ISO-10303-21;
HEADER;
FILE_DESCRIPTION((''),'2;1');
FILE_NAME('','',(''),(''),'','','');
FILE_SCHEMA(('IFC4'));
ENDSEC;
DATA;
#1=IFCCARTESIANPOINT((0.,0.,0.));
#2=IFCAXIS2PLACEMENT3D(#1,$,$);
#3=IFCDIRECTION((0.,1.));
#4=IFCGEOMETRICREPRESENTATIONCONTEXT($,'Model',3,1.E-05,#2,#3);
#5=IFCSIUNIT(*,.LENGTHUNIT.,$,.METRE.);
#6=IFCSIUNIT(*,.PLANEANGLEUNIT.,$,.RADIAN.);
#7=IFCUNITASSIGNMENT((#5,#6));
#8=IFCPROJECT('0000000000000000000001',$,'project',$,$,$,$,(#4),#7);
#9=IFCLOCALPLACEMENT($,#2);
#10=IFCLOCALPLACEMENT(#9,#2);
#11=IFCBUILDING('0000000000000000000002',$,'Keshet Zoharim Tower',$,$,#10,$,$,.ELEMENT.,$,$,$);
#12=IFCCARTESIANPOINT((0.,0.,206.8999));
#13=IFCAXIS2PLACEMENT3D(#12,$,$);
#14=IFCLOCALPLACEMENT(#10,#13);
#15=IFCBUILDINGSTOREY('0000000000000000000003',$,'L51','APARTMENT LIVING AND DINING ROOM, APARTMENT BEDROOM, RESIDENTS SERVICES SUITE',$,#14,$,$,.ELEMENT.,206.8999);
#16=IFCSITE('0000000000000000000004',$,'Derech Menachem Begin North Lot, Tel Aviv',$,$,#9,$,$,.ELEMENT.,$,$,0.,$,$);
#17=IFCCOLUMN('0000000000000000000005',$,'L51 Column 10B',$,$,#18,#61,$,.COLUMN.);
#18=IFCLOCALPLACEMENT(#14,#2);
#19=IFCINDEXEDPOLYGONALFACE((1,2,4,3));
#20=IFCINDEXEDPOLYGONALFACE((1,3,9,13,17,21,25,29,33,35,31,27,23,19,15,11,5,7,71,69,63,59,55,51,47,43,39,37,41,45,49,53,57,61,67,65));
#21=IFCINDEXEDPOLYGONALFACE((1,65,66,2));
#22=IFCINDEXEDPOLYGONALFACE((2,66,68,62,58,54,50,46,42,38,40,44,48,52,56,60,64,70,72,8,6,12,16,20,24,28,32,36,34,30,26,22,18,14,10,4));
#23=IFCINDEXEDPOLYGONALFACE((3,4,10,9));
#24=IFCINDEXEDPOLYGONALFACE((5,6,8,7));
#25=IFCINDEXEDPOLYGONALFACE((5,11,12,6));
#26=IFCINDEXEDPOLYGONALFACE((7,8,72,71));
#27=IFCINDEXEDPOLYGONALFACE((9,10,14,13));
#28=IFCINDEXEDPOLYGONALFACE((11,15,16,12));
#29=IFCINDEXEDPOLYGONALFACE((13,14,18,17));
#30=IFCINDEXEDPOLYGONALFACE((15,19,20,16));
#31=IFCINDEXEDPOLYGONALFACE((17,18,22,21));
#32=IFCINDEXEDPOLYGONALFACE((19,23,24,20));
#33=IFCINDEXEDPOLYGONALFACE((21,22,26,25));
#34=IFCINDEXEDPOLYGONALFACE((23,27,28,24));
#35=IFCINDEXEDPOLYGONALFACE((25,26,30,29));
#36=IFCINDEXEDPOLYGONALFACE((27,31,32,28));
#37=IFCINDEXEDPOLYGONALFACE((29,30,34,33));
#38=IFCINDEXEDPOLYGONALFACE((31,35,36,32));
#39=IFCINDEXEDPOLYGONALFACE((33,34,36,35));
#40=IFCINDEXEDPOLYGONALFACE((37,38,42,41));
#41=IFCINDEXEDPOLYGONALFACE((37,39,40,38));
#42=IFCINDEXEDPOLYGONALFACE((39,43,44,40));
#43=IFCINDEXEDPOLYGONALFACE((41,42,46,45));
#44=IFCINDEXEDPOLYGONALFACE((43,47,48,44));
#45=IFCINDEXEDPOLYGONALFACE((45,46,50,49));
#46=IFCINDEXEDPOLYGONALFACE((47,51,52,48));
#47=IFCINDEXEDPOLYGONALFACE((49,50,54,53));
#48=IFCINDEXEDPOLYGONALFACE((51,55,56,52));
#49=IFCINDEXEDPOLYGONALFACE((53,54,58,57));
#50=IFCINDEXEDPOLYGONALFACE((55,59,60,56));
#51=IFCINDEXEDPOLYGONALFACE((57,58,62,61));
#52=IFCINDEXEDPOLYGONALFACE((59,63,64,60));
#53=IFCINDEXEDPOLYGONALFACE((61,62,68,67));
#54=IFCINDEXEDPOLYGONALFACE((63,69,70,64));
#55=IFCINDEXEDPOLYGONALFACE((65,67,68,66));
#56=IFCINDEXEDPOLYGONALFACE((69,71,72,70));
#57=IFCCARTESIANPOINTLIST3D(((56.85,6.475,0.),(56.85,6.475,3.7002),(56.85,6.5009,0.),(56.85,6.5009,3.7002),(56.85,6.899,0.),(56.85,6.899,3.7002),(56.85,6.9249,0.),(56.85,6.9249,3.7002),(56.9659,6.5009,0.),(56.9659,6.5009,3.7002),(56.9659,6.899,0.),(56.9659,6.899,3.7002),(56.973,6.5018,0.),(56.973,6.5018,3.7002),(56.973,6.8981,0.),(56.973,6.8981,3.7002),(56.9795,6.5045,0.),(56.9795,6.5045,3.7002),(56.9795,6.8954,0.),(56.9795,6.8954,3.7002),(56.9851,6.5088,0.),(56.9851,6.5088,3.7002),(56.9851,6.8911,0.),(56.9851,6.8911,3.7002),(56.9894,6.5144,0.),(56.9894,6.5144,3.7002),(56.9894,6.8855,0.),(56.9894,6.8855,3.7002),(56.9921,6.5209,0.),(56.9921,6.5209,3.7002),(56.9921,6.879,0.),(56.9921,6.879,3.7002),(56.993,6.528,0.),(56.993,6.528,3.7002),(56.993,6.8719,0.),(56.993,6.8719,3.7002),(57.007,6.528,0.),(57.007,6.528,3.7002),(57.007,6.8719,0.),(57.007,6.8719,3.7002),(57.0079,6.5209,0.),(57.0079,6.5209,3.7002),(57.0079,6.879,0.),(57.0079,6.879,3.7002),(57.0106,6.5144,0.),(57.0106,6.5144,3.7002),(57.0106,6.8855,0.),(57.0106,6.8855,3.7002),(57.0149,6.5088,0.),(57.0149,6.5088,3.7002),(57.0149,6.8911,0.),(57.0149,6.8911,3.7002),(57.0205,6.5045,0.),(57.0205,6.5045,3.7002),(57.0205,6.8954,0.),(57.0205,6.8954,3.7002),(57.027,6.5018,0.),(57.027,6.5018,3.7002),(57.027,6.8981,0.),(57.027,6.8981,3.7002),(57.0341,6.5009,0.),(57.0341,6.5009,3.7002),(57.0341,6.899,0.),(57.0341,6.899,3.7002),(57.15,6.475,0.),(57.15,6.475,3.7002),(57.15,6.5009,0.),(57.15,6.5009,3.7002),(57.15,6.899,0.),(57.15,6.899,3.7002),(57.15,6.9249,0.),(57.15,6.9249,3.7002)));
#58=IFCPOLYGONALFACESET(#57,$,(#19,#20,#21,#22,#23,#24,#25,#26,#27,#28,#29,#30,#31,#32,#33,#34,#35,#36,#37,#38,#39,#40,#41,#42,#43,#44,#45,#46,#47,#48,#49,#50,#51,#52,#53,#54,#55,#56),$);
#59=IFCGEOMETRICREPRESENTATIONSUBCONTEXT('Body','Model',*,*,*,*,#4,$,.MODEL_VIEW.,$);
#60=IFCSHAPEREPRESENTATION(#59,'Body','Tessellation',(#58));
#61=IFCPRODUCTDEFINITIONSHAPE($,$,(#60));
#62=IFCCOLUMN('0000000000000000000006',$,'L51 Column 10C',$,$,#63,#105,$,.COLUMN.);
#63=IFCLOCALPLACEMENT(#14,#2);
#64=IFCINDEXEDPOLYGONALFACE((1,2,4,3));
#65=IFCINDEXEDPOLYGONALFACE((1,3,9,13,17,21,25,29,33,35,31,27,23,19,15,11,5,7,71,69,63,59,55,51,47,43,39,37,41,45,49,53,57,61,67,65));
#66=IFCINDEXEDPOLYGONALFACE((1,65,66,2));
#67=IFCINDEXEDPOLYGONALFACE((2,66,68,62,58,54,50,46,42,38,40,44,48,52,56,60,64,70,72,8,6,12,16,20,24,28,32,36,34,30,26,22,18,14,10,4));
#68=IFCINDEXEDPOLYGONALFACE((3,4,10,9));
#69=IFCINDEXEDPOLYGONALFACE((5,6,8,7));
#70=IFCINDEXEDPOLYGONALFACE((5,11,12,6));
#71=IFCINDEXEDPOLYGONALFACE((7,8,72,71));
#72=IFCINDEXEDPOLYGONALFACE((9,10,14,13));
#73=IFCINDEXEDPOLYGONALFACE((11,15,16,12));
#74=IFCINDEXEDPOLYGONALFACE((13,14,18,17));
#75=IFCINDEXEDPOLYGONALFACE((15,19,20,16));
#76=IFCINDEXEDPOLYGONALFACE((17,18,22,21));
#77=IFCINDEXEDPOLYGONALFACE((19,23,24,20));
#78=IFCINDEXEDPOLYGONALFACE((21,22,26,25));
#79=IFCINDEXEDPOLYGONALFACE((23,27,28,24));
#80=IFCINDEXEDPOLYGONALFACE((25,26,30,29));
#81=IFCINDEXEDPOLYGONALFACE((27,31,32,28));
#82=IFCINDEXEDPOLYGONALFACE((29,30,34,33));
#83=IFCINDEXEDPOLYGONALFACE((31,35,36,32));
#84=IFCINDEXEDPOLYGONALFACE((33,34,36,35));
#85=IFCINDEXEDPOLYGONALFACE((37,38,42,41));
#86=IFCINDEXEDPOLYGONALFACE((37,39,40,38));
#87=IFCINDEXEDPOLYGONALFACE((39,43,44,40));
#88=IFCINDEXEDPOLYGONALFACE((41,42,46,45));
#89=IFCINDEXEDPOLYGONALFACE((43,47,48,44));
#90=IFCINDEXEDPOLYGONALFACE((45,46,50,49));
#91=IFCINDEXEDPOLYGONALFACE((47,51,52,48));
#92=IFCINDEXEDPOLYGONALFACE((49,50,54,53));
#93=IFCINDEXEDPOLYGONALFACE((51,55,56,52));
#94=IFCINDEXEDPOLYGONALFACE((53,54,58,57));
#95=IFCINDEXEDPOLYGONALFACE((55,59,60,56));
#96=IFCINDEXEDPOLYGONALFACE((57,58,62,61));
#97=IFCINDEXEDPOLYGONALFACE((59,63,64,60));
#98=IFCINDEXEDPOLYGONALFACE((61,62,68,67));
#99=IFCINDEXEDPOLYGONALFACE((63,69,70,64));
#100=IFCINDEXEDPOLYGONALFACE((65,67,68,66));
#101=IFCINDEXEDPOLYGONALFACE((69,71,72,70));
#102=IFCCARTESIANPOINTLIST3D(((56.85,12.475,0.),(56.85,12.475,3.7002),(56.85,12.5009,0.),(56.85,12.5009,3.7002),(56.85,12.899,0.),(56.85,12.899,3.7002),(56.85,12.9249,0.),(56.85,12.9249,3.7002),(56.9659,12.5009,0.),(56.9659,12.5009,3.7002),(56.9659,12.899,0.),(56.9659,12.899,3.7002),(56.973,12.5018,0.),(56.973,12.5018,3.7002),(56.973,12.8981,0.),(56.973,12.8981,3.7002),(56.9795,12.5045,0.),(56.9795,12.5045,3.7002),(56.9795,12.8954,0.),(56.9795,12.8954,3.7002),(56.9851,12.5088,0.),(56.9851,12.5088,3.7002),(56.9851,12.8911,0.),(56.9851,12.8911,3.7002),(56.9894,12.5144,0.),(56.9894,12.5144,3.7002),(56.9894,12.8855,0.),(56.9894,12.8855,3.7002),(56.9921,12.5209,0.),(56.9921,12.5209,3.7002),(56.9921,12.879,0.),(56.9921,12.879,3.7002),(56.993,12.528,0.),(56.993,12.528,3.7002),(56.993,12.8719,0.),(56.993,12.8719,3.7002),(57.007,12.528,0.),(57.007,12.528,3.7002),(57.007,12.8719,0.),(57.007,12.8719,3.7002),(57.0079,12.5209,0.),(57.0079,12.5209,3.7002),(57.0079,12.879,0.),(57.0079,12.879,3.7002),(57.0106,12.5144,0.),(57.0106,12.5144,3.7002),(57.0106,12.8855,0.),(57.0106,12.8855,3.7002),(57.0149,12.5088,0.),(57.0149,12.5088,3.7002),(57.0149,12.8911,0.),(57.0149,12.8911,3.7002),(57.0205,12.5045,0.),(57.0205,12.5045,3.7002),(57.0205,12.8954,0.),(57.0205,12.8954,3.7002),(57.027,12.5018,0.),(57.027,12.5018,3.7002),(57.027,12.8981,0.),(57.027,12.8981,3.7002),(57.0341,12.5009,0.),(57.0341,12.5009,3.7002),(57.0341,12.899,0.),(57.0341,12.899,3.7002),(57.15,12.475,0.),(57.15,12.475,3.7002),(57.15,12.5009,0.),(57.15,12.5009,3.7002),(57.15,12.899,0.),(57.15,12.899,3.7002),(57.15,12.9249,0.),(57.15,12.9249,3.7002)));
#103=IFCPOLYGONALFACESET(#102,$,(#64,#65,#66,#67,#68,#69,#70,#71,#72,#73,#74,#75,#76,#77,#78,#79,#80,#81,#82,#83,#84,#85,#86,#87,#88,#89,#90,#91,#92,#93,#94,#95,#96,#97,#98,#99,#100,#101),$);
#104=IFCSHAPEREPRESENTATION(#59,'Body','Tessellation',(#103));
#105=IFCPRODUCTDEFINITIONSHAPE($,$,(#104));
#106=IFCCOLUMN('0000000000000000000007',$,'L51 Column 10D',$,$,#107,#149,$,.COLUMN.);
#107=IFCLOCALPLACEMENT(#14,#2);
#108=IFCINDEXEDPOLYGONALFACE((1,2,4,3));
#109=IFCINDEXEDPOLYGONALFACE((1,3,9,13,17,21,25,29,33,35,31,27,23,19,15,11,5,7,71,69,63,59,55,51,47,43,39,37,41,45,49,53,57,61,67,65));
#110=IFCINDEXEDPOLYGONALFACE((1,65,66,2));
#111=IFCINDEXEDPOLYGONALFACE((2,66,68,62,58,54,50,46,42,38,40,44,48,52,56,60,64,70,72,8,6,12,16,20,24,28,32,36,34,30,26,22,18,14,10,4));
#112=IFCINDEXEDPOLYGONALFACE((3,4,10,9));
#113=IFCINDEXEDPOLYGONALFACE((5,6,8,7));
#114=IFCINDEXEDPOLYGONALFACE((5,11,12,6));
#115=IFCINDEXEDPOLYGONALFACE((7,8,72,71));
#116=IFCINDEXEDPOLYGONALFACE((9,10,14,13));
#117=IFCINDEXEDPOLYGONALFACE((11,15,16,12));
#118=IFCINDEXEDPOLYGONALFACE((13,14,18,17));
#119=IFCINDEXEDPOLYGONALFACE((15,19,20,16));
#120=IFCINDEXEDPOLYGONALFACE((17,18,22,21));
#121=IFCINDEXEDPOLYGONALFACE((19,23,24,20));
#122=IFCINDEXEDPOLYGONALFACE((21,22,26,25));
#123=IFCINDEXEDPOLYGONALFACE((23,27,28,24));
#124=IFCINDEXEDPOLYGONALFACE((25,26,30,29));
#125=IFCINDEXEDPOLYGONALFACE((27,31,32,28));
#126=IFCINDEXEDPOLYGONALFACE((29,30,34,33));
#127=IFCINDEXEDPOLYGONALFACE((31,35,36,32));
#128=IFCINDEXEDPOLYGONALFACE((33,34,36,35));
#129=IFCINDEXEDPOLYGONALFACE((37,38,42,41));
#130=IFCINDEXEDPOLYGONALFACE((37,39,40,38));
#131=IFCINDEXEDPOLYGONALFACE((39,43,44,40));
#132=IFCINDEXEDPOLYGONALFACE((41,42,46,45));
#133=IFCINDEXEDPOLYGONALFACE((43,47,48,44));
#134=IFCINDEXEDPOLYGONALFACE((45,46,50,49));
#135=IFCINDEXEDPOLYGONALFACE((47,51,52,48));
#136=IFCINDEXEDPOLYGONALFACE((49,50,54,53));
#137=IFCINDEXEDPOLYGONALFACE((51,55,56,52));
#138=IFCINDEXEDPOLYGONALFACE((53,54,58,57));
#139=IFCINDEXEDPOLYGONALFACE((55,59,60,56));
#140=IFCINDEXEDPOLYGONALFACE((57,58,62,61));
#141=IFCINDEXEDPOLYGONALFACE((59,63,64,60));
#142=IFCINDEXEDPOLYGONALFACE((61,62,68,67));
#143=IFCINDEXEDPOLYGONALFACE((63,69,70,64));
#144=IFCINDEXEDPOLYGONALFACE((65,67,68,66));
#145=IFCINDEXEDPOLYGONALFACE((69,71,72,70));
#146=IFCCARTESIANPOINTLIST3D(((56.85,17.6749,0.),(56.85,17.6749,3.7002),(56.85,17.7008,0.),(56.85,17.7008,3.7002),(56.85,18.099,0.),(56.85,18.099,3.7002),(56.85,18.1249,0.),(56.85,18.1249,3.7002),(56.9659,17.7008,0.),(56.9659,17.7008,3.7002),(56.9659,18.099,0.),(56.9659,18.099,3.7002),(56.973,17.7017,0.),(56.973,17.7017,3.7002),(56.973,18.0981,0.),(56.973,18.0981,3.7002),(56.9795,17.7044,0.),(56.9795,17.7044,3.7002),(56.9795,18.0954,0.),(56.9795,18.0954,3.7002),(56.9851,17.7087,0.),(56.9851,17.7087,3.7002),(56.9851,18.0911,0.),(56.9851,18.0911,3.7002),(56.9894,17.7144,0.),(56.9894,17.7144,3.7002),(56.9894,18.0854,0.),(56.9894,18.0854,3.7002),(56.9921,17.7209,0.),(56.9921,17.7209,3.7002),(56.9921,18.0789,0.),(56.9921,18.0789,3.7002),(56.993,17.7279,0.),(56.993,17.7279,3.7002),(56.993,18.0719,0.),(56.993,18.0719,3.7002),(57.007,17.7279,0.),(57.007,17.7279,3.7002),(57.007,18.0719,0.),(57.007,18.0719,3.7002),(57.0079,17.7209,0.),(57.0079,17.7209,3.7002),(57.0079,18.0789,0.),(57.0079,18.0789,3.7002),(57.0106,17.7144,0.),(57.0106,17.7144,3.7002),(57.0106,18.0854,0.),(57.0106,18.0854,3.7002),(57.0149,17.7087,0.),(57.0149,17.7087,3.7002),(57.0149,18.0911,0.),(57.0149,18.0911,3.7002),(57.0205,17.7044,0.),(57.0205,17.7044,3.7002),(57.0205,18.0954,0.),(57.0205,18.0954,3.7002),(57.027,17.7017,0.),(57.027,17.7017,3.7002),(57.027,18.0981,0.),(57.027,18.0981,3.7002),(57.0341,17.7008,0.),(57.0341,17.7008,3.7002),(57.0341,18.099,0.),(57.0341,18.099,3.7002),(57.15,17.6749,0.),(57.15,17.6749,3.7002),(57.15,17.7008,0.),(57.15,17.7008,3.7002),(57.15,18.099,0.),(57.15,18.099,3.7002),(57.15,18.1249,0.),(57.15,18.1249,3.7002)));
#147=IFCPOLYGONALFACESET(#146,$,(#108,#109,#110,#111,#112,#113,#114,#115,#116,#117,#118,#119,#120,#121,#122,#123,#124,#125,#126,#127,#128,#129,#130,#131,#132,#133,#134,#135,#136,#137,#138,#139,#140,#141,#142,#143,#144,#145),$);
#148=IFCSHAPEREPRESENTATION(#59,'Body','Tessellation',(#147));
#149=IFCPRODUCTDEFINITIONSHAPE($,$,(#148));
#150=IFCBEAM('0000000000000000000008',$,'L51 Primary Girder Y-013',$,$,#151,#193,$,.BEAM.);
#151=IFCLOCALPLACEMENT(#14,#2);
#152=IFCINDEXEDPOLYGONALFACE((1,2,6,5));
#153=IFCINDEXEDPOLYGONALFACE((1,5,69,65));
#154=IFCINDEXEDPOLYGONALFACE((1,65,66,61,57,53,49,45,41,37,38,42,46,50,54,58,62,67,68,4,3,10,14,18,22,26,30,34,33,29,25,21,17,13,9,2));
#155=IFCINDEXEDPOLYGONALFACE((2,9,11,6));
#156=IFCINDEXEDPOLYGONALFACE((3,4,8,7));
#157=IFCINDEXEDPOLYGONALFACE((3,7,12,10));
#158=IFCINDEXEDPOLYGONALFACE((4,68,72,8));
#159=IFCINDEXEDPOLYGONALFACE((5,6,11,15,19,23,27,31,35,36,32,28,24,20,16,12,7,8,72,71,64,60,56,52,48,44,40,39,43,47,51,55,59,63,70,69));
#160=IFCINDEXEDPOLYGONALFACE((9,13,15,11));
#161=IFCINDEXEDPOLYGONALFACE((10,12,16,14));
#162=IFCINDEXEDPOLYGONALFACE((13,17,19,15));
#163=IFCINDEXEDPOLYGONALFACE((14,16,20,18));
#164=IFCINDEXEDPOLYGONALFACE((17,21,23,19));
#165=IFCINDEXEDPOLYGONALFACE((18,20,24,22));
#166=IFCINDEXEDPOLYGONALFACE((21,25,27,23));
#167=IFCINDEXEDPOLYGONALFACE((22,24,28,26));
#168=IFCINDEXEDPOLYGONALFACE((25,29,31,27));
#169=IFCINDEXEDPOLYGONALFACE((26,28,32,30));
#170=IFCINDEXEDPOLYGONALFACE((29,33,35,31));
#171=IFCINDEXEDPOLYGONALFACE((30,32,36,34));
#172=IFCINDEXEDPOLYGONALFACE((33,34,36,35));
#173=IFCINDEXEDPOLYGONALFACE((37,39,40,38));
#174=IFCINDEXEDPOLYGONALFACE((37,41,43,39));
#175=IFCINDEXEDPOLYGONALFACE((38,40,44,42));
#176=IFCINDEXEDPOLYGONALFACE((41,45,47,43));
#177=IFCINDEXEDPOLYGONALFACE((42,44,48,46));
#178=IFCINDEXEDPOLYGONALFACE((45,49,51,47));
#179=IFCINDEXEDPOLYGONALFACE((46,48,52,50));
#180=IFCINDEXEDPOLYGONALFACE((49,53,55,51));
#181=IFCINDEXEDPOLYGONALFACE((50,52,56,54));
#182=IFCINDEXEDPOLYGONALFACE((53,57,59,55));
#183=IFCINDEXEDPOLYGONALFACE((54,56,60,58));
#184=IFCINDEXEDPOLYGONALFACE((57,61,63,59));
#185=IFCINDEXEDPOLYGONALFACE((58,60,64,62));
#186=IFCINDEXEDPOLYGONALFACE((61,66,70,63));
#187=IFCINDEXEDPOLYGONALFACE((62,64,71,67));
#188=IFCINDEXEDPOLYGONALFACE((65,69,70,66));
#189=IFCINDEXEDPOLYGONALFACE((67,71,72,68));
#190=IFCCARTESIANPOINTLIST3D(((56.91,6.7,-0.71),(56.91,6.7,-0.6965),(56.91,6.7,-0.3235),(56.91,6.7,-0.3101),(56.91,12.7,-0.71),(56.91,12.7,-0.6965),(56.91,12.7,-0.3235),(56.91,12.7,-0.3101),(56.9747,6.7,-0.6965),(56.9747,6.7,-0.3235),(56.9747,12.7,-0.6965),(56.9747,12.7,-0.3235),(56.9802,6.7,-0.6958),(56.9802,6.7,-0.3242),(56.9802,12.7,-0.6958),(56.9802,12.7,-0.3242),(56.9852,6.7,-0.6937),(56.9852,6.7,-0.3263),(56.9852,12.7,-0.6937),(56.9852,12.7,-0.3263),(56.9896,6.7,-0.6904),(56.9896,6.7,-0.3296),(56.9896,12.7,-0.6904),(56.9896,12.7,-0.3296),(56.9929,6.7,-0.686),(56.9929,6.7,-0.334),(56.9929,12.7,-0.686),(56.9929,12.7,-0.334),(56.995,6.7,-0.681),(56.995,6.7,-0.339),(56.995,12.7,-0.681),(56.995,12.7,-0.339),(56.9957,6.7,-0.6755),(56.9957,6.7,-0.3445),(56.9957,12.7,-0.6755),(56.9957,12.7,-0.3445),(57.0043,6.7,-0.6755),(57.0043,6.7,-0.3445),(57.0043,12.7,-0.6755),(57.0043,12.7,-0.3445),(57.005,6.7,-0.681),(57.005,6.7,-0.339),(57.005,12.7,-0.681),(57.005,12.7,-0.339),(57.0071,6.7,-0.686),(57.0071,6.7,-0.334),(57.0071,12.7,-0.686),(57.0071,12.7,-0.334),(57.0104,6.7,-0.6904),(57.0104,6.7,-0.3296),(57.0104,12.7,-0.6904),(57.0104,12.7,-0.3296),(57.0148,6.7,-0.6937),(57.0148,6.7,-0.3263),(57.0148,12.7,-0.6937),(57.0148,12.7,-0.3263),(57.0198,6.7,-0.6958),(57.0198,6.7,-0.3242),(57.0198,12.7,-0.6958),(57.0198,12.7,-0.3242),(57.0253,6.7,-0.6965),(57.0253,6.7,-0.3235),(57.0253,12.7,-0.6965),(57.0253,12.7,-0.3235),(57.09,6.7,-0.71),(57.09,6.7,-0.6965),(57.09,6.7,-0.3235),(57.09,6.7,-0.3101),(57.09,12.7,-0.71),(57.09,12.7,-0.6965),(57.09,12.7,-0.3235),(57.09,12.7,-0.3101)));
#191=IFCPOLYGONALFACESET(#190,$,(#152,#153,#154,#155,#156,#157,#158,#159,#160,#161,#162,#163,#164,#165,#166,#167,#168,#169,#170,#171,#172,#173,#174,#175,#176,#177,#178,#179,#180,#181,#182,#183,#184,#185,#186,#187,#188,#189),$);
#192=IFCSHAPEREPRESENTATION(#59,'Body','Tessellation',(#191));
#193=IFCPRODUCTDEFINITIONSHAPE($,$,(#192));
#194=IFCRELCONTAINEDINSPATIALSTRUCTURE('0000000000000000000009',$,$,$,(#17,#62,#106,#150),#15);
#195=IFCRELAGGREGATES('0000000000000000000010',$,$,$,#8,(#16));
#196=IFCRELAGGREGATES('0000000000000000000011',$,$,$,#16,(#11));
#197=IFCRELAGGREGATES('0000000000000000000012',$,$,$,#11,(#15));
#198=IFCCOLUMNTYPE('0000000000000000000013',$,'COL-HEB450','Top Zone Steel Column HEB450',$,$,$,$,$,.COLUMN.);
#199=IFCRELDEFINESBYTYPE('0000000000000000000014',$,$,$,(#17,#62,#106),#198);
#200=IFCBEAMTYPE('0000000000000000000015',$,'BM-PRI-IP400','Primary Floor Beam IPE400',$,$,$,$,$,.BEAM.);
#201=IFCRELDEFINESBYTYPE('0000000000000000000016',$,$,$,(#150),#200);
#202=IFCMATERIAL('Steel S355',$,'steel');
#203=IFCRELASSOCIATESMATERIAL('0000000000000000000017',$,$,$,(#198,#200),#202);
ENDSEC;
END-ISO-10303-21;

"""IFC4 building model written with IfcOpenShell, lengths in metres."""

from ifc_helpers import new_model, si_unit, direction, frame, origin, origin_2d, place, context, subcontext, project, spatial, i_section, extrude, material, material_profile, profile_set, type_object, element, save


model = new_model("IFC4")

# Units and contexts
model_context = context("Model", 3, precision=1e-05, world=origin(), true_north=direction((0.0, 1.0)))
body_context = subcontext(model_context, "Body", "Model", "MODEL_VIEW")
ifc_project = project(units=[si_unit("LENGTHUNIT", "METRE"), si_unit("PLANEANGLEUNIT", "RADIAN")], contexts=[model_context])

# Site, building, storey
site_placement = place(None, origin())
site = spatial("IfcSite", under=ifc_project, at=site_placement, Name="Derech Menachem Begin North Lot, Tel Aviv", CompositionType="ELEMENT", RefElevation=0.0)
building_placement = place(site_placement, origin())
building = spatial("IfcBuilding", under=site, at=building_placement, Name="Keshet Zoharim Tower", CompositionType="ELEMENT")
storey_placement = place(building_placement, frame((0.0, 0.0, 206.8999)))
storey = spatial("IfcBuildingStorey", under=building, at=storey_placement, Name="L51", Description="APARTMENT LIVING AND DINING ROOM, APARTMENT BEDROOM, RESIDENTS SERVICES SUITE", CompositionType="ELEMENT", Elevation=206.8999)

# Columns
ifc_material_1 = material(Name="Steel S355", Category="steel")
ifc_material_profile_1 = material_profile(ifc_material_1, i_section(OverallWidth=0.3, OverallDepth=0.45, WebThickness=0.0139, FlangeThickness=0.0259, FilletRadius=0.0271, at=origin_2d()), Name="HEB450")
ifc_profile_set_1 = profile_set([ifc_material_profile_1], Name="Steel S355")
column_type = type_object("IfcColumnType", Name="COL-HEB450", Description="Top Zone Steel Column HEB450", PredefinedType="COLUMN", material=ifc_profile_set_1)
for number, where, z_axis, x_axis, name in (
    (1, (57.0, 6.7, 0.0), (0.0, 0.0, 1.0), (1.0, 0.0, 0.0), "L51 Column 10B"),
    (2, (57.0, 12.7, 0.0), (0.0, 0.0, 1.0), (1.0, 0.0, 0.0), "L51 Column 10C"),
    (3, (57.0, 17.8999, 0.0), (0.0, 0.0, 1.0), (1.0, 0.0, 0.0), "L51 Column 10D"),
):
    element("IfcColumn", number, at=place(storey_placement, frame(where, z_axis=z_axis, x_axis=x_axis)), inside=storey, type_object=column_type, Name=name, PredefinedType="COLUMN", context=body_context, shape_type="SweptSolid", body=[
        extrude(i_section(OverallWidth=0.3, OverallDepth=0.45, WebThickness=0.0139, FlangeThickness=0.0259, FilletRadius=0.0271, at=origin_2d()), origin(), (0.0, 0.0, 1.0), 3.7002),
    ])

# Beam
ifc_material_profile_2 = material_profile(ifc_material_1, i_section(OverallWidth=0.1799, OverallDepth=0.3999, WebThickness=0.0085, FlangeThickness=0.0134, FilletRadius=0.021, at=origin_2d()), Name="IPE400")
ifc_profile_set_2 = profile_set([ifc_material_profile_2], Name="Steel S355")
beam_type = type_object("IfcBeamType", Name="BM-PRI-IP400", Description="Primary Floor Beam IPE400", PredefinedType="BEAM", material=ifc_profile_set_2)
beam_1_placement = place(storey_placement, frame((57.0, 6.7, -0.51), z_axis=(0.0, 1.0, 0.0), x_axis=(-1.0, 0.0, 0.0)))
element("IfcBeam", 4, at=beam_1_placement, inside=storey, type_object=beam_type, Name="L51 Primary Girder Y-013", PredefinedType="BEAM", context=body_context, shape_type="SweptSolid", body=[
    extrude(i_section(OverallWidth=0.1799, OverallDepth=0.3999, WebThickness=0.0085, FlangeThickness=0.0134, FilletRadius=0.021, at=origin_2d()), origin(), (0.0, 0.0, 1.0), 6.0),
])

save(model, "model.ifc")
